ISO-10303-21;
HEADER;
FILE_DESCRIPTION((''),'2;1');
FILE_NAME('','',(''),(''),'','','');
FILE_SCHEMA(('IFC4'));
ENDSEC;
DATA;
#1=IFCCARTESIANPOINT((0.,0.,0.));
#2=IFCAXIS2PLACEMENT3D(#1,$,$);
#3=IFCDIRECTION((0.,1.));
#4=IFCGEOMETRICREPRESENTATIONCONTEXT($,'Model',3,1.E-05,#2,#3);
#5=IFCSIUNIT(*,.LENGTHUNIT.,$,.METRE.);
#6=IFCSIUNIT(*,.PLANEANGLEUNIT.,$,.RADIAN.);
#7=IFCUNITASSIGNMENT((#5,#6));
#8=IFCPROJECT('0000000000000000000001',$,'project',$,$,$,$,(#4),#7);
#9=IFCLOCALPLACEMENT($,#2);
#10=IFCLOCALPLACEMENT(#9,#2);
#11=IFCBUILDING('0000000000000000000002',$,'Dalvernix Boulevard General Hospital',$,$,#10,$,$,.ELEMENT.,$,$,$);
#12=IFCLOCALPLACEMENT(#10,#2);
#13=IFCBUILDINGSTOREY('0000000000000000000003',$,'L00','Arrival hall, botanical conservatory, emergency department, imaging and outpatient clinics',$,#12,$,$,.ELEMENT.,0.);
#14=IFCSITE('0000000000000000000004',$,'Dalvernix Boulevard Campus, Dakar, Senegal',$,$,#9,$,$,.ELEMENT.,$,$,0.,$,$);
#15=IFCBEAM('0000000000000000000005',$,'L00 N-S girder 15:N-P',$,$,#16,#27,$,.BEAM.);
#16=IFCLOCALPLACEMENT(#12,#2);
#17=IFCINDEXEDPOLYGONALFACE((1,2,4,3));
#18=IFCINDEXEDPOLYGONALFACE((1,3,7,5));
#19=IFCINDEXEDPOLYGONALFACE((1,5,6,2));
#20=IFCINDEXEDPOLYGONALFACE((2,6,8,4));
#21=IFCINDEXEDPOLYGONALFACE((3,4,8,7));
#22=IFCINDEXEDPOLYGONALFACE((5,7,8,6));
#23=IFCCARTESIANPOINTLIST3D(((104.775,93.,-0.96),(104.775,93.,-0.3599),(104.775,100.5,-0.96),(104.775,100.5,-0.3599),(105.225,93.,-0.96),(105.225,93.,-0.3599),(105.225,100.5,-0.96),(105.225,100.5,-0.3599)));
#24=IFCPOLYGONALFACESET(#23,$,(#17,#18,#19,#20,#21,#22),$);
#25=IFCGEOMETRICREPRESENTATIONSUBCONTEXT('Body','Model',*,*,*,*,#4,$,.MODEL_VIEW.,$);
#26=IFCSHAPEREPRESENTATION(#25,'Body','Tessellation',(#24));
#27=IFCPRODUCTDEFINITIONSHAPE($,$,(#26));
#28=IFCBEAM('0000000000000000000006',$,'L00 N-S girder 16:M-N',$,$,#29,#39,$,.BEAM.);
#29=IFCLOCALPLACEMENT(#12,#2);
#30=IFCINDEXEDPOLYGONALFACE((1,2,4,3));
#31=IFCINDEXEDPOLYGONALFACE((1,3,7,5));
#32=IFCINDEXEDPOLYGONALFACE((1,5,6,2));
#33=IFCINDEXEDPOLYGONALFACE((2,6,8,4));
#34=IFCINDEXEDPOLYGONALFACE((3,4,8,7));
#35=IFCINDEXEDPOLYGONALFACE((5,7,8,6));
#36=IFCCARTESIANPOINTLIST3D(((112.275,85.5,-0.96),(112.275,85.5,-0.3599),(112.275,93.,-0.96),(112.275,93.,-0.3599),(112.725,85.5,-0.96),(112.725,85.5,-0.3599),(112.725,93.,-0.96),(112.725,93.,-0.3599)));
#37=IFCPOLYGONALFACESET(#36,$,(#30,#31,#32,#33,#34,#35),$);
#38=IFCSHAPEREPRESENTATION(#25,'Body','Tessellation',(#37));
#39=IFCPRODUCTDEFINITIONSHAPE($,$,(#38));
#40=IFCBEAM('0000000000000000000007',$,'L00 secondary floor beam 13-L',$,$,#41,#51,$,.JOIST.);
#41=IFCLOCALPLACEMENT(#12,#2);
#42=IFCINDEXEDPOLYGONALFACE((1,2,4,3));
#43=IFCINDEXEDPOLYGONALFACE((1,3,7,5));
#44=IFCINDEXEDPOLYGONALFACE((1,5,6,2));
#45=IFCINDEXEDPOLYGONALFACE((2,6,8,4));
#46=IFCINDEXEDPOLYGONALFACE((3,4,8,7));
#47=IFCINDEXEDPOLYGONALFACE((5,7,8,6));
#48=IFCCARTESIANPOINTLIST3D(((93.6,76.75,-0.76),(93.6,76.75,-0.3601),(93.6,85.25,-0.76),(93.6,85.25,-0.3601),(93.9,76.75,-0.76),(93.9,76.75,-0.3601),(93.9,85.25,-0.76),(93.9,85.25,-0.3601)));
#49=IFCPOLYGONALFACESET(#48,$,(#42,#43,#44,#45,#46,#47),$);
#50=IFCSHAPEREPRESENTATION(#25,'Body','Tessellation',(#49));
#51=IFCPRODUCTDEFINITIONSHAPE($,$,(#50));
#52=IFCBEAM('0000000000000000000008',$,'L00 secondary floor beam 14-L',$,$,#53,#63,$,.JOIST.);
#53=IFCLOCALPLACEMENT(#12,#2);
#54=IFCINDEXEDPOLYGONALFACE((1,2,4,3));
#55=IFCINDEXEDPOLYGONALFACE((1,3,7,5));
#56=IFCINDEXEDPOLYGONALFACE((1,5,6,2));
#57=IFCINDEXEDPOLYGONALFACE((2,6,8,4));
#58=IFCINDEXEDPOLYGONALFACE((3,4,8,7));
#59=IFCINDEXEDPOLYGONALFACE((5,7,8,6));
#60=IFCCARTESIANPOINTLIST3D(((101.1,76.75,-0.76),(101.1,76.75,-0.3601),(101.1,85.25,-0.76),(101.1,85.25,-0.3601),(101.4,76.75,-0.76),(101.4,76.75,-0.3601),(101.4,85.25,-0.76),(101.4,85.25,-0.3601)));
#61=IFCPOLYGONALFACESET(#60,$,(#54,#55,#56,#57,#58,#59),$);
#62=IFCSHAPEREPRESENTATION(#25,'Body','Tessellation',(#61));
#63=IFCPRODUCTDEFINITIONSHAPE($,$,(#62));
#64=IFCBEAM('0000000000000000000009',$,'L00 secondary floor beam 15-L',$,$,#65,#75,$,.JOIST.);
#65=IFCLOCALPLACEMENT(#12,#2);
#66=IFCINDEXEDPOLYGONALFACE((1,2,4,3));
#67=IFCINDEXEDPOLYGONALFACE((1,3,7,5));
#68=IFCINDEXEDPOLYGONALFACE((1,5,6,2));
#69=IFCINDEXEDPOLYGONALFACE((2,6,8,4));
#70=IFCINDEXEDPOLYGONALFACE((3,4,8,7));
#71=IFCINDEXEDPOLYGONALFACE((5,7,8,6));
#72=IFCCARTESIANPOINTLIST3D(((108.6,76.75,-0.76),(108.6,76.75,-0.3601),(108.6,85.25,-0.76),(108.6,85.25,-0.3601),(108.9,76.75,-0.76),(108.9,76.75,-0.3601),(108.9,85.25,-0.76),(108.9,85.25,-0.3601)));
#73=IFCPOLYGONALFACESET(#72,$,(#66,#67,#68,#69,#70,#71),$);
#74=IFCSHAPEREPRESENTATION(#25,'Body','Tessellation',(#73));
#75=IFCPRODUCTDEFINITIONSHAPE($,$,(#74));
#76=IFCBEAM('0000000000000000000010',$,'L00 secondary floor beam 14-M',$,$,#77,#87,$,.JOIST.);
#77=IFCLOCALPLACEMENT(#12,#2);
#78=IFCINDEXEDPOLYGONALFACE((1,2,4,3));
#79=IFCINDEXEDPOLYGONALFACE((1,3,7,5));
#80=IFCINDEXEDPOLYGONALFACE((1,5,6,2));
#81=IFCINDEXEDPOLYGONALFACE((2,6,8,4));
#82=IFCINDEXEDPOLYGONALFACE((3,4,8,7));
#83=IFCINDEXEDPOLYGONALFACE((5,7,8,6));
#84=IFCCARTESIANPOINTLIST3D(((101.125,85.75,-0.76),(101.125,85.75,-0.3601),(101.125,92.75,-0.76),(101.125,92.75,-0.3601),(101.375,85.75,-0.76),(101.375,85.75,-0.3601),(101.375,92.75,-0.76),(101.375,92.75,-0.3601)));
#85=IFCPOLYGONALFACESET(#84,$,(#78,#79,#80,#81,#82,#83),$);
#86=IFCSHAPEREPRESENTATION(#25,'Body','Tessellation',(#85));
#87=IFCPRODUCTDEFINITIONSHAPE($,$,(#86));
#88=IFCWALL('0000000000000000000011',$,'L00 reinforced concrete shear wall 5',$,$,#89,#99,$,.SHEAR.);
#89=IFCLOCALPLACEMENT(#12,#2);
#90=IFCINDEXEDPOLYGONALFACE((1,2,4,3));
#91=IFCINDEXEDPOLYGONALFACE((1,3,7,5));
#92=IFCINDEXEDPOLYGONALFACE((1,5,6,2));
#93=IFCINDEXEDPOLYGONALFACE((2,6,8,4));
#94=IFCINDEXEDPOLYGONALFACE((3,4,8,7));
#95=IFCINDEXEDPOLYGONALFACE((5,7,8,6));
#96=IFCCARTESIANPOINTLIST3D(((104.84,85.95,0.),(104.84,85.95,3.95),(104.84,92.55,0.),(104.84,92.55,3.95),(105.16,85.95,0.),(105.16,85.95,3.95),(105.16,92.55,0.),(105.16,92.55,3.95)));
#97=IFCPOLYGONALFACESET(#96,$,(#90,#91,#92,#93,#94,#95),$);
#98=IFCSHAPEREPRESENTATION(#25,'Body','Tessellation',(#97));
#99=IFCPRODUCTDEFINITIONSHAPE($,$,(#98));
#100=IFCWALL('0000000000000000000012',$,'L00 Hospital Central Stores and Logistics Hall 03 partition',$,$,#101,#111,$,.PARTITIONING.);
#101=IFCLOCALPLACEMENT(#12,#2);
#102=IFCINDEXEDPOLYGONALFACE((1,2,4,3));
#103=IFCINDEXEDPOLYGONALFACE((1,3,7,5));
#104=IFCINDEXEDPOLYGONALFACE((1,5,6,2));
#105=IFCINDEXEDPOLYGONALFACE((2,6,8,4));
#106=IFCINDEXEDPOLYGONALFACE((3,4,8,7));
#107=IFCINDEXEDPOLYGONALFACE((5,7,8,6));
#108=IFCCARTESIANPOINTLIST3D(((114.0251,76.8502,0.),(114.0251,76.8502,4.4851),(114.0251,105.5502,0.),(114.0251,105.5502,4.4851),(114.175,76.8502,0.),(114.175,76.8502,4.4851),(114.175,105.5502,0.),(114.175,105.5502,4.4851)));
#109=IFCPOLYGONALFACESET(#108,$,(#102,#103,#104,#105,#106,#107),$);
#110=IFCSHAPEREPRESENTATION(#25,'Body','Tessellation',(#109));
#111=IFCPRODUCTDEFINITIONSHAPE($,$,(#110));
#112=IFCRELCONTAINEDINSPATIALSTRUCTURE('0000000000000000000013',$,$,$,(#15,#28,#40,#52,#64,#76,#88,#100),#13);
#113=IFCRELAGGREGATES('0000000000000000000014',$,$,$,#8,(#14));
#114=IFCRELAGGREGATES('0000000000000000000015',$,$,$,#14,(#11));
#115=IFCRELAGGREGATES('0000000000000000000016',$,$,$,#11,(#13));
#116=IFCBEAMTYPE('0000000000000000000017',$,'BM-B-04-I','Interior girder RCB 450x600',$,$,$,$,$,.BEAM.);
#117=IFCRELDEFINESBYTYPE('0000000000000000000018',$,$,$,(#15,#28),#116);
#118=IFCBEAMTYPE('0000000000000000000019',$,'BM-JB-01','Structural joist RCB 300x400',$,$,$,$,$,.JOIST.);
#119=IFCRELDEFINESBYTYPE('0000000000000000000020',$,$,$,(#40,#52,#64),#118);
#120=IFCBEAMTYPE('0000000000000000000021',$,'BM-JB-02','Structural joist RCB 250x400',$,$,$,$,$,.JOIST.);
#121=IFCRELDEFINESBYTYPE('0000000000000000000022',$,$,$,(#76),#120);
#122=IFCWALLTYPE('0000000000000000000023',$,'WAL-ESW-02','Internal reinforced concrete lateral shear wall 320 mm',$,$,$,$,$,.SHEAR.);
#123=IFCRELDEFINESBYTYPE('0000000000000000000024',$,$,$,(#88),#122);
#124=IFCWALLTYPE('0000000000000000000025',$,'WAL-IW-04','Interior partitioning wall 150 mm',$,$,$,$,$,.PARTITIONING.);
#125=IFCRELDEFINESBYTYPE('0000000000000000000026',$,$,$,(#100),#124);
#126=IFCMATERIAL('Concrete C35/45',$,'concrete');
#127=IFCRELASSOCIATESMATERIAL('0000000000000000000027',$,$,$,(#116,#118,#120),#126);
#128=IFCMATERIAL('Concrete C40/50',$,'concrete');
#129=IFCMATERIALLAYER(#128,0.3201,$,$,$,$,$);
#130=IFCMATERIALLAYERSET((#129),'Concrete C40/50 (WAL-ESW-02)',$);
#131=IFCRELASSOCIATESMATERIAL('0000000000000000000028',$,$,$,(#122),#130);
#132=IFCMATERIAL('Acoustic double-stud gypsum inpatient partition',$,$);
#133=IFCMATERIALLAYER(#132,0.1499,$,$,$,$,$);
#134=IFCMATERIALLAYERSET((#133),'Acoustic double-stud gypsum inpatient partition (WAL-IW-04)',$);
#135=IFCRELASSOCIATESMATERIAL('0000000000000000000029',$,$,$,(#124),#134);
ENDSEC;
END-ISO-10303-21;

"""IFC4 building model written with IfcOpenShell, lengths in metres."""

from ifc_helpers import new_model, si_unit, direction, frame, frame_2d, origin, origin_2d, place, context, subcontext, project, spatial, rectangle, extrude, material, layer, layer_set, material_profile, profile_set, type_object, element, save


model = new_model("IFC4")

# Units and contexts
model_context = context("Model", 3, precision=1e-05, world=origin(), true_north=direction((0.0, 1.0)))
body_context = subcontext(model_context, "Body", "Model", "MODEL_VIEW")
ifc_project = project(units=[si_unit("LENGTHUNIT", "METRE"), si_unit("PLANEANGLEUNIT", "RADIAN")], contexts=[model_context])

# Site, building, storey
site_placement = place(None, origin())
site = spatial("IfcSite", under=ifc_project, at=site_placement, Name="Dalvernix Boulevard Campus, Dakar, Senegal", CompositionType="ELEMENT", RefElevation=0.0)
building_placement = place(site_placement, origin())
building = spatial("IfcBuilding", under=site, at=building_placement, Name="Dalvernix Boulevard General Hospital", CompositionType="ELEMENT")
storey_placement = place(building_placement, origin())
storey = spatial("IfcBuildingStorey", under=building, at=storey_placement, Name="L00", Description="Arrival hall, botanical conservatory, emergency department, imaging and outpatient clinics", CompositionType="ELEMENT", Elevation=0.0)

# Shared definitions
ifc_material_1 = material(Name="Concrete C40/50", Category="concrete")

# Beams
ifc_material_2 = material(Name="Concrete C35/45", Category="concrete")
ifc_material_profile_1 = material_profile(ifc_material_2, rectangle(XDim=0.45, YDim=0.6001, at=origin_2d()), Name="RCB 450x600")
ifc_profile_set_1 = profile_set([ifc_material_profile_1], Name="Concrete C35/45")
beam_type_1 = type_object("IfcBeamType", Name="BM-B-04-I", Description="Interior girder RCB 450x600", PredefinedType="BEAM", material=ifc_profile_set_1)
for number, where, z_axis, x_axis, name in (
    (1, (105.0, 93.0, -0.6599), (0.0, 1.0, 0.0), (-1.0, 0.0, 0.0), "L00 N-S girder 15:N-P"),
    (2, (112.5, 85.5, -0.6599), (0.0, 1.0, 0.0), (-1.0, 0.0, 0.0), "L00 N-S girder 16:M-N"),
):
    element("IfcBeam", number, at=place(storey_placement, frame(where, z_axis=z_axis, x_axis=x_axis)), inside=storey, type_object=beam_type_1, Name=name, PredefinedType="BEAM", context=body_context, shape_type="SweptSolid", body=[
        extrude(rectangle(XDim=0.45, YDim=0.6001, at=origin_2d()), origin(), (0.0, 0.0, 1.0), 7.5),
    ])
ifc_material_profile_2 = material_profile(ifc_material_2, rectangle(XDim=0.3, YDim=0.3999, at=origin_2d()), Name="RCB 300x400")
ifc_profile_set_2 = profile_set([ifc_material_profile_2], Name="Concrete C35/45")
beam_type_2 = type_object("IfcBeamType", Name="BM-JB-01", Description="Structural joist RCB 300x400", PredefinedType="JOIST", material=ifc_profile_set_2)
for number, where, z_axis, x_axis, name in (
    (3, (93.75, 76.75, -0.5601), (0.0, 1.0, 0.0), (-1.0, 0.0, 0.0), "L00 secondary floor beam 13-L"),
    (4, (101.25, 76.75, -0.5601), (0.0, 1.0, 0.0), (-1.0, 0.0, 0.0), "L00 secondary floor beam 14-L"),
    (5, (108.75, 76.75, -0.5601), (0.0, 1.0, 0.0), (-1.0, 0.0, 0.0), "L00 secondary floor beam 15-L"),
):
    element("IfcBeam", number, at=place(storey_placement, frame(where, z_axis=z_axis, x_axis=x_axis)), inside=storey, type_object=beam_type_2, Name=name, PredefinedType="JOIST", context=body_context, shape_type="SweptSolid", body=[
        extrude(rectangle(XDim=0.3, YDim=0.3999, at=origin_2d()), origin(), (0.0, 0.0, 1.0), 8.5),
    ])
ifc_material_profile_3 = material_profile(ifc_material_2, rectangle(XDim=0.25, YDim=0.3999, at=origin_2d()), Name="RCB 250x400")
ifc_profile_set_3 = profile_set([ifc_material_profile_3], Name="Concrete C35/45")
beam_type_3 = type_object("IfcBeamType", Name="BM-JB-02", Description="Structural joist RCB 250x400", PredefinedType="JOIST", material=ifc_profile_set_3)
beam_placement = place(storey_placement, frame((101.25, 85.75, -0.5601), z_axis=(0.0, 1.0, 0.0), x_axis=(-1.0, 0.0, 0.0)))
element("IfcBeam", 6, at=beam_placement, inside=storey, type_object=beam_type_3, Name="L00 secondary floor beam 14-M", PredefinedType="JOIST", context=body_context, shape_type="SweptSolid", body=[
    extrude(rectangle(XDim=0.25, YDim=0.3999, at=origin_2d()), origin(), (0.0, 0.0, 1.0), 7.0),
])

# Walls
ifc_layer_1 = layer(ifc_material_1, 0.3201)
ifc_layer_set_1 = layer_set([ifc_layer_1], Name="Concrete C40/50 (WAL-ESW-02)")
wall_type_1 = type_object("IfcWallType", Name="WAL-ESW-02", Description="Internal reinforced concrete lateral shear wall 320 mm", PredefinedType="SHEAR", material=ifc_layer_set_1)
wall_1_placement = place(storey_placement, frame((105.0, 85.95, 0.0), z_axis=(0.0, 0.0, 1.0), x_axis=(0.0, 1.0, 0.0)))
element("IfcWall", 7, at=wall_1_placement, inside=storey, type_object=wall_type_1, Name="L00 reinforced concrete shear wall 5", PredefinedType="SHEAR", context=body_context, shape_type="SweptSolid", body=[
    extrude(rectangle(XDim=6.6001, YDim=0.3201, at=frame_2d((3.3, 0.0))), origin(), (0.0, 0.0, 1.0), 3.95),
])
ifc_material_3 = material(Name="Acoustic double-stud gypsum inpatient partition")
ifc_layer_2 = layer(ifc_material_3, 0.1499)
ifc_layer_set_2 = layer_set([ifc_layer_2], Name="Acoustic double-stud gypsum inpatient partition (WAL-IW-04)")
wall_type_2 = type_object("IfcWallType", Name="WAL-IW-04", Description="Interior partitioning wall 150 mm", PredefinedType="PARTITIONING", material=ifc_layer_set_2)
wall_2_placement = place(storey_placement, frame((114.1001, 76.8501, 0.0), z_axis=(0.0, 0.0, 1.0), x_axis=(0.0, 1.0, 0.0)))
element("IfcWall", 8, at=wall_2_placement, inside=storey, type_object=wall_type_2, Name="L00 Hospital Central Stores and Logistics Hall 03 partition", PredefinedType="PARTITIONING", context=body_context, shape_type="SweptSolid", body=[
    extrude(rectangle(XDim=28.7, YDim=0.1499, at=frame_2d((14.3501, 0.0))), origin(), (0.0, 0.0, 1.0), 4.4851),
])

save(model, "model.ifc")
